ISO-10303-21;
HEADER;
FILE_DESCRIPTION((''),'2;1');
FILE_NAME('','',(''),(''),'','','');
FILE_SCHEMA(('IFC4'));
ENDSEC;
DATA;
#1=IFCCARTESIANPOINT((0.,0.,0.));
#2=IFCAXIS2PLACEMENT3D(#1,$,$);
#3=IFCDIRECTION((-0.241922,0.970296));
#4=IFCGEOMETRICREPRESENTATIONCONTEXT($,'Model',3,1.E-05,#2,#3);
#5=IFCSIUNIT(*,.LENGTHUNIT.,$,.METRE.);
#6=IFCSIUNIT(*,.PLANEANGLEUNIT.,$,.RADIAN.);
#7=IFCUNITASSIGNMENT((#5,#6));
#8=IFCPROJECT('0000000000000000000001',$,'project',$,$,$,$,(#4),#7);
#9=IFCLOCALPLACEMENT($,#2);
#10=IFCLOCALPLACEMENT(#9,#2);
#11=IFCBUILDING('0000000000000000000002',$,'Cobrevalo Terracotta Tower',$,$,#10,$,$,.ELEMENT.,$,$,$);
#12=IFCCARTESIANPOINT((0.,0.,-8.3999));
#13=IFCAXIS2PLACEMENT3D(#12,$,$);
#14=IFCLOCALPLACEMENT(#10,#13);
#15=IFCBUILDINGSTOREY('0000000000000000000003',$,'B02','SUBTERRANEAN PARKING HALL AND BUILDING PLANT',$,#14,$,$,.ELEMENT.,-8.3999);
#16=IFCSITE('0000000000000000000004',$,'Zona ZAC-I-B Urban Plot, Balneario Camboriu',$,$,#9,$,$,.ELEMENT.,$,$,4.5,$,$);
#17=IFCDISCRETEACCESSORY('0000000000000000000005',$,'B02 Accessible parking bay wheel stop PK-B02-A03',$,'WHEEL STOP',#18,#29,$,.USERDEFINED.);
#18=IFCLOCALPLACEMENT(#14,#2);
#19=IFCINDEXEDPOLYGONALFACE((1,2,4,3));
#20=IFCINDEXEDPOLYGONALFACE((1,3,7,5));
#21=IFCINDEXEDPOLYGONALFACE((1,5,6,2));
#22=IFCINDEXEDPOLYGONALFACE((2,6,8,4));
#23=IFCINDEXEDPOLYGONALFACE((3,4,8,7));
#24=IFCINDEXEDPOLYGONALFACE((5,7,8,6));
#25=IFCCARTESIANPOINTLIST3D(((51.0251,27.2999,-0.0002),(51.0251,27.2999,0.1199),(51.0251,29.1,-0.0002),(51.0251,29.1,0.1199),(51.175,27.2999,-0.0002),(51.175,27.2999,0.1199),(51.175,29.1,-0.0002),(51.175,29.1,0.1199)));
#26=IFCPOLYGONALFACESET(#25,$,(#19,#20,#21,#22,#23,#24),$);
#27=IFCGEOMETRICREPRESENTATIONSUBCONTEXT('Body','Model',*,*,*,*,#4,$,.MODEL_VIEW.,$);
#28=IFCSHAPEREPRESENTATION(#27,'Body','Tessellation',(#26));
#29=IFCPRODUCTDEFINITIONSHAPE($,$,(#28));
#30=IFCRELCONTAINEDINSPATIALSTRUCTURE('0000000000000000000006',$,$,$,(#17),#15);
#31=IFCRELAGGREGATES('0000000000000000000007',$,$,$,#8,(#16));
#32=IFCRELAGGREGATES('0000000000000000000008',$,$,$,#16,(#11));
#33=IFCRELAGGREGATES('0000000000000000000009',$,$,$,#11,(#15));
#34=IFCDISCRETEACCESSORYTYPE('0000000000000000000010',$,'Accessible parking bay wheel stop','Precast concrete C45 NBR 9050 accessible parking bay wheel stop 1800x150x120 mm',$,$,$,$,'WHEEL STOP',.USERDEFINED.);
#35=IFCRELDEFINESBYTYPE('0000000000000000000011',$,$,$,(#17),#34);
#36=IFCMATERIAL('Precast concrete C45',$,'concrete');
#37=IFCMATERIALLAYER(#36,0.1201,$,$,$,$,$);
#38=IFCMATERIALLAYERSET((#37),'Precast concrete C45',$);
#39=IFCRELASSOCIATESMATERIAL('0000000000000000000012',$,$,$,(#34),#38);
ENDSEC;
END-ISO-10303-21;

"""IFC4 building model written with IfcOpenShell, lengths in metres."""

from ifc_helpers import new_model, si_unit, direction, frame, origin, origin_2d, place, context, subcontext, project, spatial, rectangle, extrude, source, transform, mapped, material, layer, layer_set, type_object, element, save


model = new_model("IFC4")

# Units and contexts
model_context = context("Model", 3, precision=1e-05, world=origin(), true_north=direction((-0.241922, 0.970296)))
body_context = subcontext(model_context, "Body", "Model", "MODEL_VIEW")
ifc_project = project(units=[si_unit("LENGTHUNIT", "METRE"), si_unit("PLANEANGLEUNIT", "RADIAN")], contexts=[model_context])

# Site, building, storey
site_placement = place(None, origin())
site = spatial("IfcSite", under=ifc_project, at=site_placement, Name="Zona ZAC-I-B Urban Plot, Balneario Camboriu", CompositionType="ELEMENT", RefElevation=4.5)
building_placement = place(site_placement, origin())
building = spatial("IfcBuilding", under=site, at=building_placement, Name="Cobrevalo Terracotta Tower", CompositionType="ELEMENT")
storey_placement = place(building_placement, frame((0.0, 0.0, -8.3999)))
storey = spatial("IfcBuildingStorey", under=building, at=storey_placement, Name="B02", Description="SUBTERRANEAN PARKING HALL AND BUILDING PLANT", CompositionType="ELEMENT", Elevation=-8.3999)

# Discrete accessory
ifc_material_1 = material(Name="Precast concrete C45", Category="concrete")
ifc_layer_1 = layer(ifc_material_1, 0.1201)
ifc_layer_set_1 = layer_set([ifc_layer_1], Name="Precast concrete C45")
discrete_accessory_type = type_object("IfcDiscreteAccessoryType", Name="Accessible parking bay wheel stop", Description="Precast concrete C45 NBR 9050 accessible parking bay wheel stop 1800x150x120 mm", ElementType="WHEEL STOP", PredefinedType="USERDEFINED", material=ifc_layer_set_1)
shared_shape_1 = source(origin(), body_context, "Body", "SweptSolid", [
    extrude(rectangle(XDim=1.8, YDim=0.1499, at=origin_2d()), origin(), (0.0, 0.0, 1.0), 0.1201),
])
discrete_accessory_placement = place(storey_placement, frame((51.1001, 28.2, -0.0002), z_axis=(0.0, 0.0, 1.0), x_axis=(0.0, 1.0, 0.0)))
element("IfcDiscreteAccessory", 1, at=discrete_accessory_placement, inside=storey, type_object=discrete_accessory_type, Name="B02 Accessible parking bay wheel stop PK-B02-A03", ObjectType="WHEEL STOP", PredefinedType="USERDEFINED", context=body_context, shape_type="MappedRepresentation", body=[
    mapped(shared_shape_1, transform((0.0, 0.0, 0.0), scale=1.0)),
])

save(model, "model.ifc")
